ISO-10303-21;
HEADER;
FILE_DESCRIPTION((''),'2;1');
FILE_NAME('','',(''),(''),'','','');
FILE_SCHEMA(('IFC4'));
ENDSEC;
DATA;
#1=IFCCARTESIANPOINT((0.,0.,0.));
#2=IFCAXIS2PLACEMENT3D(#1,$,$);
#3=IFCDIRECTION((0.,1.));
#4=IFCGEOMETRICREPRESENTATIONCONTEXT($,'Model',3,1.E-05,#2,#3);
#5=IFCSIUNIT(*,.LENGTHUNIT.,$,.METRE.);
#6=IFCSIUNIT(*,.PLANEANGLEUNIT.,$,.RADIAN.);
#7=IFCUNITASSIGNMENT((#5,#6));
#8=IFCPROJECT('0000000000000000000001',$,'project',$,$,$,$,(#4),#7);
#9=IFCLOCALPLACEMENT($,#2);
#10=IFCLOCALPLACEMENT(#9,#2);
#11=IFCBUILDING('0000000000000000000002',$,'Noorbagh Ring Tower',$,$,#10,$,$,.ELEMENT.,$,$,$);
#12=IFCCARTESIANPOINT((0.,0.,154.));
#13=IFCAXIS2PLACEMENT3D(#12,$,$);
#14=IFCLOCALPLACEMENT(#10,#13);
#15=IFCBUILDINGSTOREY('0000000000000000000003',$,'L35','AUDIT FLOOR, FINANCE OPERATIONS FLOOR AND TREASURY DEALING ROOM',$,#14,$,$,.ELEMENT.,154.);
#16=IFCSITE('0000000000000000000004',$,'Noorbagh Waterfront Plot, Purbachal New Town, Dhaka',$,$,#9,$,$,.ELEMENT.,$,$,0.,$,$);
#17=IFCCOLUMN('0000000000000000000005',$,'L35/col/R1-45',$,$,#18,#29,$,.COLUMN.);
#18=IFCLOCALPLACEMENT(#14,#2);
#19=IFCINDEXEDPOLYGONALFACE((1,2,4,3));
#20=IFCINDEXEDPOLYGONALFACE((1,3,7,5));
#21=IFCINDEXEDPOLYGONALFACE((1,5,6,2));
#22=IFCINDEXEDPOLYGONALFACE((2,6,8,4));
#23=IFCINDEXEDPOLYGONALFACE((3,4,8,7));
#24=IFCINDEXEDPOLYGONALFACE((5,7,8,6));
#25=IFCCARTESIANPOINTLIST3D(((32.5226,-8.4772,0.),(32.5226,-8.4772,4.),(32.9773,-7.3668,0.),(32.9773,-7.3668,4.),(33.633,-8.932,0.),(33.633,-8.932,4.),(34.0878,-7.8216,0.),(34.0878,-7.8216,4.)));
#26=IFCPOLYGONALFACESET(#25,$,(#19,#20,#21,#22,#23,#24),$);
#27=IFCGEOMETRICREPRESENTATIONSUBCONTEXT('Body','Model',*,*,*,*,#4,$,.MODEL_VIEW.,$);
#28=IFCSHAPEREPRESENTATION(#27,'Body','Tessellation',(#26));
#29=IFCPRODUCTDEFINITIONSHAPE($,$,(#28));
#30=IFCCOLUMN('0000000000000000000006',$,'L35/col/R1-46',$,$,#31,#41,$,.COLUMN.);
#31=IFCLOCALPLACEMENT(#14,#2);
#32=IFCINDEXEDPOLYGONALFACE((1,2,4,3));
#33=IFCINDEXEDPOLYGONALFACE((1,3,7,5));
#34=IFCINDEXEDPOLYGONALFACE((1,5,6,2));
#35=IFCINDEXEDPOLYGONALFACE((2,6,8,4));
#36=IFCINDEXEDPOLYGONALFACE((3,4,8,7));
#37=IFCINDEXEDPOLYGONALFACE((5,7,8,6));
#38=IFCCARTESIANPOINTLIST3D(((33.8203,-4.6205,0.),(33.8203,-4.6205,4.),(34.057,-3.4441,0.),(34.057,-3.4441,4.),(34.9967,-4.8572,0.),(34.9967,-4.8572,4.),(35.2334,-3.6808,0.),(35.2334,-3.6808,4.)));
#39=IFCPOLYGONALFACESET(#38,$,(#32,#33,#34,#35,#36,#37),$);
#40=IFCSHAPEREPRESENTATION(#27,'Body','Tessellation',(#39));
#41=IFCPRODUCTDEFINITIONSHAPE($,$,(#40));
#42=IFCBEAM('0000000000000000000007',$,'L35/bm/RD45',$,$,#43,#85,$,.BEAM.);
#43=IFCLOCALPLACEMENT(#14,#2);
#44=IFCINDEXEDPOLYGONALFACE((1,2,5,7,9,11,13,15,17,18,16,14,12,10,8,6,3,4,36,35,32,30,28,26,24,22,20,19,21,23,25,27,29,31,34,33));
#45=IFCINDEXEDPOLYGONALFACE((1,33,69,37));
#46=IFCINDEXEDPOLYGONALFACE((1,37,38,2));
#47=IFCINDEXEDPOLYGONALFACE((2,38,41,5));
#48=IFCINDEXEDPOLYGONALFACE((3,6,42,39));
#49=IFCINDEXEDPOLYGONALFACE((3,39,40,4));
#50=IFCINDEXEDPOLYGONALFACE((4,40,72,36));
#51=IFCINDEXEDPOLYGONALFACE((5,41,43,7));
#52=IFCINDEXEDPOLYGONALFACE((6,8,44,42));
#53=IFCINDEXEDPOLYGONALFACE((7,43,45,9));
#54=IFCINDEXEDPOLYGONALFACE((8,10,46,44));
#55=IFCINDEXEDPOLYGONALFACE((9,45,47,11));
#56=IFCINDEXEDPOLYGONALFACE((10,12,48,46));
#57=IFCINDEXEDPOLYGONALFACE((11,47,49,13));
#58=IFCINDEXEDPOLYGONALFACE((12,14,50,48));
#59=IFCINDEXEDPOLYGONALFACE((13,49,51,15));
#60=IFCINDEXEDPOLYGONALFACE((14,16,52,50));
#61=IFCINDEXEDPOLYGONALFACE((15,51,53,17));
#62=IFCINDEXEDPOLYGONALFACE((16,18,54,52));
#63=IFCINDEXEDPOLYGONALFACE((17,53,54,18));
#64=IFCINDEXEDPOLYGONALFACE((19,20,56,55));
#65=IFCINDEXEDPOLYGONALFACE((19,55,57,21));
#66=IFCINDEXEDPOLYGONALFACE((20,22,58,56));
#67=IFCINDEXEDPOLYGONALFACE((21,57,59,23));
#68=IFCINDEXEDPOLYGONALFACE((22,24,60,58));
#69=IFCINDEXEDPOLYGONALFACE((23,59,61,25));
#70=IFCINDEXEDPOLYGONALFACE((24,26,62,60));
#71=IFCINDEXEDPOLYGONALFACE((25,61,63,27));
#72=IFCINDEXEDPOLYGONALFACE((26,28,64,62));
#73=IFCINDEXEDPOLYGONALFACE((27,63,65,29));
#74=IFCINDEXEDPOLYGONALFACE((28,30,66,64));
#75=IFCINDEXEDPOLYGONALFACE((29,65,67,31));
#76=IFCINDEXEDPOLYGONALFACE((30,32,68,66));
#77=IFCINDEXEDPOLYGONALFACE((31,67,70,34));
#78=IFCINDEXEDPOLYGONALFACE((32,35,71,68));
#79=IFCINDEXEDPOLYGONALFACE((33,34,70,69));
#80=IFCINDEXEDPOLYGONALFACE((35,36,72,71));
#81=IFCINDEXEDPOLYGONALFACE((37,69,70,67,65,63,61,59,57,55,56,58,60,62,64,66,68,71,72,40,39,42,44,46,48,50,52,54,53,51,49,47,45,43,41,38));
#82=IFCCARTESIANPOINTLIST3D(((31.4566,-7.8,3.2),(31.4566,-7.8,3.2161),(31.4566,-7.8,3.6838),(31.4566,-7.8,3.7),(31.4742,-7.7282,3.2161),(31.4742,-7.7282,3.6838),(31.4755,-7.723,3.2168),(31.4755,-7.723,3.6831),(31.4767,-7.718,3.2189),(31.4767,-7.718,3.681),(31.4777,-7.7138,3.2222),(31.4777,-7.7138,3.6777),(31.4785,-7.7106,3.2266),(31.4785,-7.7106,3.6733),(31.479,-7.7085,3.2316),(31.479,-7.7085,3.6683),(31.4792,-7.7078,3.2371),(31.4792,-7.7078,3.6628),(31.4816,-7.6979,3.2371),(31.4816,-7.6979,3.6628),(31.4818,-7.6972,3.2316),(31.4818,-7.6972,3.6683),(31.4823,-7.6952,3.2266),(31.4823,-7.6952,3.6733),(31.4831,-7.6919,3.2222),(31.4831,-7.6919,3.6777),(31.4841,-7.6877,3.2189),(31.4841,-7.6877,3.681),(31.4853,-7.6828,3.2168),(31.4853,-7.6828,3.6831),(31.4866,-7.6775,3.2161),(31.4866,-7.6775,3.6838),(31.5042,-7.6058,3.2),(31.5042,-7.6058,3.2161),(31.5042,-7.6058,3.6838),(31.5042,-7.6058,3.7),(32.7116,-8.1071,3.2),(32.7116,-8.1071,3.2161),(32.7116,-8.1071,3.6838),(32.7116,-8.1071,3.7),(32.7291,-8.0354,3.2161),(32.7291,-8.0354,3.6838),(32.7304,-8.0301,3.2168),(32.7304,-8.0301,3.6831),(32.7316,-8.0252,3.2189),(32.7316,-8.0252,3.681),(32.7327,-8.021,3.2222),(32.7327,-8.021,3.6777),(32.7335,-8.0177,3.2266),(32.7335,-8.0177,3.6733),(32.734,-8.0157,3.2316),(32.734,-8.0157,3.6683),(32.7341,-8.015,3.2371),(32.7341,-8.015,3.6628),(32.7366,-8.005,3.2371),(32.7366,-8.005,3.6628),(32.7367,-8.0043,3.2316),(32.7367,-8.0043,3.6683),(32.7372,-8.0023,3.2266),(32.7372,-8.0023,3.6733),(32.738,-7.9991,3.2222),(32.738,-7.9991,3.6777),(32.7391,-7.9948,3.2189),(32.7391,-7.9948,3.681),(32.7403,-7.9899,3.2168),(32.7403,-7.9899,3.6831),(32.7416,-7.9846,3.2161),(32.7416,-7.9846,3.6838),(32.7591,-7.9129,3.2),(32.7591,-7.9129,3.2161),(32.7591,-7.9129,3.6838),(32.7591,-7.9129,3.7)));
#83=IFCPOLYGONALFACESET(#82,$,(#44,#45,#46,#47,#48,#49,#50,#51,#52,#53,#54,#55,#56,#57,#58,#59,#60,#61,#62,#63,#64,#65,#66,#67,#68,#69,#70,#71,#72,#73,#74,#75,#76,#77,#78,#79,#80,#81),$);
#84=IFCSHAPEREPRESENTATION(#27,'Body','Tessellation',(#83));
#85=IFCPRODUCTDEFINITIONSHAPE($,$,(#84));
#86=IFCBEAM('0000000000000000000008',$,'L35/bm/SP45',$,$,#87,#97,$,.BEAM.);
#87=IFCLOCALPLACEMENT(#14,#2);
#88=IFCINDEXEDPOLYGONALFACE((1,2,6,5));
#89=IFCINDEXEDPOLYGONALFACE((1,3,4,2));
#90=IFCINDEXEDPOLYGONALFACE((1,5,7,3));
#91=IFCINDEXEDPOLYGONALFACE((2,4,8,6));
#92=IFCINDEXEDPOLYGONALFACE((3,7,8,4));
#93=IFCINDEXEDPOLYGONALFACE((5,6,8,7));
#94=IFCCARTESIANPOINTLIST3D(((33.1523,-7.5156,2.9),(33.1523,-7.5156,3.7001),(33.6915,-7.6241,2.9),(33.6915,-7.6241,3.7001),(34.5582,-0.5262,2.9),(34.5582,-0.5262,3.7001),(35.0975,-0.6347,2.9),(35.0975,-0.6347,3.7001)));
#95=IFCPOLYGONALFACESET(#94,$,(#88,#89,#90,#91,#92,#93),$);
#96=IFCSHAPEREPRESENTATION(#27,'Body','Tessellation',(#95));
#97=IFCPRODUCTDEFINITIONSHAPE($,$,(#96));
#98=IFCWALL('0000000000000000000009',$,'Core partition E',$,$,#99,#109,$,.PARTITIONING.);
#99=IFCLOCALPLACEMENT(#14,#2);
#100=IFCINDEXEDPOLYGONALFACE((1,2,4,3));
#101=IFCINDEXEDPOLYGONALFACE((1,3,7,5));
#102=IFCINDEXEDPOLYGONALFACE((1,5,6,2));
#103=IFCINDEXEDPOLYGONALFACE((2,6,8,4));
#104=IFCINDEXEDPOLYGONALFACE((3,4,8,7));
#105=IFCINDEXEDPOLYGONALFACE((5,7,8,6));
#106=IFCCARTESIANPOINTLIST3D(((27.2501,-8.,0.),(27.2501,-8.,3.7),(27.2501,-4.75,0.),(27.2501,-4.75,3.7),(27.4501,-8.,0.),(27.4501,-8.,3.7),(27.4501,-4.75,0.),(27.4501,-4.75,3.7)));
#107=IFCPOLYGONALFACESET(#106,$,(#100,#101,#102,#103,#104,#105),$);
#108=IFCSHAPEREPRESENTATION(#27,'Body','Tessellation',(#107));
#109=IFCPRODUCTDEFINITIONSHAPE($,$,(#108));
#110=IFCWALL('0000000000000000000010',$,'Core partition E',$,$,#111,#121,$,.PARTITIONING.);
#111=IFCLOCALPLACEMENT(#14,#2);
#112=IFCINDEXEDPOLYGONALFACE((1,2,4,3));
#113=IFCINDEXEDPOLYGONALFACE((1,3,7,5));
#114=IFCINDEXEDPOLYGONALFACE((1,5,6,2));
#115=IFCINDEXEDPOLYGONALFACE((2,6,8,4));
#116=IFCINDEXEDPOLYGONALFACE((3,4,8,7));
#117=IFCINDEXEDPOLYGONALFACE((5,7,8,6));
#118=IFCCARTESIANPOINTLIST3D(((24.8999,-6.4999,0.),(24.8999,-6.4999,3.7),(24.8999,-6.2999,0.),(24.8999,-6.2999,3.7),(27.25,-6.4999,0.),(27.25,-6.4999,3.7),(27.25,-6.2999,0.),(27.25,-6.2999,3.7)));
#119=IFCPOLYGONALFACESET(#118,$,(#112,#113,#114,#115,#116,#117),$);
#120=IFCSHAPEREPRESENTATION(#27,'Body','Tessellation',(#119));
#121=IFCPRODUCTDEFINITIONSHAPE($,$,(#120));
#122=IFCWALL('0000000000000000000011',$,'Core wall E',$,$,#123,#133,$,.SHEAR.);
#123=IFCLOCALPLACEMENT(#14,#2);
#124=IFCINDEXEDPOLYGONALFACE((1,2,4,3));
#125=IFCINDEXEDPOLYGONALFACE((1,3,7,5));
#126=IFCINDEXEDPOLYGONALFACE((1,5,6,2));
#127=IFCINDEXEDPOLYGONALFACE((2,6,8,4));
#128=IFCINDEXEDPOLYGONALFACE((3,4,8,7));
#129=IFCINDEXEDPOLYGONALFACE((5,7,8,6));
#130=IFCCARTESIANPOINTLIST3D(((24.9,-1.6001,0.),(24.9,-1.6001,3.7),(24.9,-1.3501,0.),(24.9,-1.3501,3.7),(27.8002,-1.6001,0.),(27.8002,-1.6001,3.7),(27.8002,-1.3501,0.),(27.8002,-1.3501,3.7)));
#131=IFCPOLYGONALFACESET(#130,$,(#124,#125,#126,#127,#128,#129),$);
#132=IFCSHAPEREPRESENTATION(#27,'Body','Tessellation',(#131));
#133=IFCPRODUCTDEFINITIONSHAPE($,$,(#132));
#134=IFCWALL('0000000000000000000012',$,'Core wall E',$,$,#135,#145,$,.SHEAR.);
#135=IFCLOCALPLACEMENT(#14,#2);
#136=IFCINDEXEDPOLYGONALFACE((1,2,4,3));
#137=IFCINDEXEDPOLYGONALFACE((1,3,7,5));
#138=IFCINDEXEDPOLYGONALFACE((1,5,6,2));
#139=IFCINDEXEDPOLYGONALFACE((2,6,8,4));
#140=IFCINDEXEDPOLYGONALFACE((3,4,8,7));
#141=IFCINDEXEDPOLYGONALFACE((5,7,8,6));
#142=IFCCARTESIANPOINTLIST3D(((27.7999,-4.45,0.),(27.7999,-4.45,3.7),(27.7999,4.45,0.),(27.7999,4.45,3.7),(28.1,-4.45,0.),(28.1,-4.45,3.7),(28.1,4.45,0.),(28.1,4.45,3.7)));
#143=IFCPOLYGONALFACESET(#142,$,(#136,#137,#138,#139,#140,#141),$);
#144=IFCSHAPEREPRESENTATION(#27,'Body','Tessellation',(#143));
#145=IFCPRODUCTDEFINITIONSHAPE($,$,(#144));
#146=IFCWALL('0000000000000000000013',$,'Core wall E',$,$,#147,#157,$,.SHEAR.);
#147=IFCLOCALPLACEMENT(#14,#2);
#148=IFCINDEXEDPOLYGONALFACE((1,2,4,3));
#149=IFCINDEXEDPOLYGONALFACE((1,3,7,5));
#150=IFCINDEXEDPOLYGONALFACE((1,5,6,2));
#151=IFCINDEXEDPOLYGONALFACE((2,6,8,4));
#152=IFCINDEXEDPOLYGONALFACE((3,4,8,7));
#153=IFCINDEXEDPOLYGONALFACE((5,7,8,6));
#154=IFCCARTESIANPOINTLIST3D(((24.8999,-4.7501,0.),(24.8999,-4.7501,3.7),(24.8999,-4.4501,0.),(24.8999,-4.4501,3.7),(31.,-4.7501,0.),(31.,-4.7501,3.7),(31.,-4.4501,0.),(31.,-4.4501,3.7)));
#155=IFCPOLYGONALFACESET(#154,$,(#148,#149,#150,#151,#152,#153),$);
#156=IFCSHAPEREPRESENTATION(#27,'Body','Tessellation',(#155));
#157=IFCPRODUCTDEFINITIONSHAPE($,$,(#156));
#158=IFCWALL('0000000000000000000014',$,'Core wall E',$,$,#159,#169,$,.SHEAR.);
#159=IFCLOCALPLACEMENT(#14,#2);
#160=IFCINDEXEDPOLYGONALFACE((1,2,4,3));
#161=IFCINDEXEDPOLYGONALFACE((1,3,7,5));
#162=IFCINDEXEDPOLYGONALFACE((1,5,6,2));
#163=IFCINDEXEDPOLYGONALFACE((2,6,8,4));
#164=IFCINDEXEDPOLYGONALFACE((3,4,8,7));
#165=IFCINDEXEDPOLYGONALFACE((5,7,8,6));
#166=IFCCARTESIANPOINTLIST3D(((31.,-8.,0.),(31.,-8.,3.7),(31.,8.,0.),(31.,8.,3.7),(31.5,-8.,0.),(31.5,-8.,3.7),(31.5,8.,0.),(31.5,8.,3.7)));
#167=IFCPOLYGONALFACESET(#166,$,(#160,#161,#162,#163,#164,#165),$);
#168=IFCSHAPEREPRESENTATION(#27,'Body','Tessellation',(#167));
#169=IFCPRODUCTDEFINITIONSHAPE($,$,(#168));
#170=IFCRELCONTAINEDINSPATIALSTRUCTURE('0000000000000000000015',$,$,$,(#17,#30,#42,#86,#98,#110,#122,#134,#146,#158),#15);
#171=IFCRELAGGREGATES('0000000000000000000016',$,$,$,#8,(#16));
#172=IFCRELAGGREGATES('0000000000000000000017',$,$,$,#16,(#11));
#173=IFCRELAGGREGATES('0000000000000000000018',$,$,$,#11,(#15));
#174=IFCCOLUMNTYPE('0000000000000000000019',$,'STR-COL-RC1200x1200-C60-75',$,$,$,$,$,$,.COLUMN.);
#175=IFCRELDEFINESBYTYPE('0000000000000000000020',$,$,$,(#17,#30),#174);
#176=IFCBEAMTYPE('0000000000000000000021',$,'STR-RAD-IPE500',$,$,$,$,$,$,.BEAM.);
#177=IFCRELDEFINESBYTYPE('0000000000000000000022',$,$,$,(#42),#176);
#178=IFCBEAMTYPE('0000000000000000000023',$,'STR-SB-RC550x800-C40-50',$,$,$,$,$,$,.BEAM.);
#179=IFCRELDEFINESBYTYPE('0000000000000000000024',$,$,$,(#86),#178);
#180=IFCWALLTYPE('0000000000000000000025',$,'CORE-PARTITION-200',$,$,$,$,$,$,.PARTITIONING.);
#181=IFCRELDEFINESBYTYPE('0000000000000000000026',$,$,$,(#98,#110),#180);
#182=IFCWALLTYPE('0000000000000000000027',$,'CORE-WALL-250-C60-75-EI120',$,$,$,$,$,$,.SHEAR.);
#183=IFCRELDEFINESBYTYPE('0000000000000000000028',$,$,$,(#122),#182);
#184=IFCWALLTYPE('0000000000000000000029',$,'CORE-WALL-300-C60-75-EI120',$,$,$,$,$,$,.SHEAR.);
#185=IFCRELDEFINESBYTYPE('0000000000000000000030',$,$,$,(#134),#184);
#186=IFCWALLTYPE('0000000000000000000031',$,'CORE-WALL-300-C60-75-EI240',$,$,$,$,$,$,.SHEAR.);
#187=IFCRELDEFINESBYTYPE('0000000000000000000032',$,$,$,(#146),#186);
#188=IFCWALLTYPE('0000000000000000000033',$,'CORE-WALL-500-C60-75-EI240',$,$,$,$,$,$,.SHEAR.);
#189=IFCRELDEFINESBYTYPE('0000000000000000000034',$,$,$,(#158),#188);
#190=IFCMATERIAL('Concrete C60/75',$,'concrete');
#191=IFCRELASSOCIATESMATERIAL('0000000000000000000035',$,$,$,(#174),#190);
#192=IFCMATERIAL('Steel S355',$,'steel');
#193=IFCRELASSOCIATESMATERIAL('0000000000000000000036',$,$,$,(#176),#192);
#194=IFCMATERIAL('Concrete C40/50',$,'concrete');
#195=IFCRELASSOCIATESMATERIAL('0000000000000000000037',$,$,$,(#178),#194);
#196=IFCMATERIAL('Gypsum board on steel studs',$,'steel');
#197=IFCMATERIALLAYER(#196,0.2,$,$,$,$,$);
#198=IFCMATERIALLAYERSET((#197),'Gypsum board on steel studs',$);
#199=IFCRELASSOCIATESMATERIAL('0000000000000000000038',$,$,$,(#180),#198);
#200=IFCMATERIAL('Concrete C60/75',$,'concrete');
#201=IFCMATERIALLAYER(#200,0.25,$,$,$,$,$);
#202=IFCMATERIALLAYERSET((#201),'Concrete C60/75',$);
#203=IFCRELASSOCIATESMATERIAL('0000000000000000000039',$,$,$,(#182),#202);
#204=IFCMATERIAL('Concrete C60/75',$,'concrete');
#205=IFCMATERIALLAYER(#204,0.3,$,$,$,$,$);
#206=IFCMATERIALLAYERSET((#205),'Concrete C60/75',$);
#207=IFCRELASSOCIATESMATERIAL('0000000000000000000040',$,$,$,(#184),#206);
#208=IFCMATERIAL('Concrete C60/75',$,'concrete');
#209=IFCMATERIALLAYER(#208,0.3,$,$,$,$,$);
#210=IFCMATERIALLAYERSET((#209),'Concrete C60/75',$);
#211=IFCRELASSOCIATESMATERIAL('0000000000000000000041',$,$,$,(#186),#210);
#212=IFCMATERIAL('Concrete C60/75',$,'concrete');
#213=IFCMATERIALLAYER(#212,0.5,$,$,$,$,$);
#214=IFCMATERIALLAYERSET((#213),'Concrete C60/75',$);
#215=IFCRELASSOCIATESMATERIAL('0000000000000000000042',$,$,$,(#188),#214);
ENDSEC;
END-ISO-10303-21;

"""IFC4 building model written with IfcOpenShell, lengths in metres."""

from ifc_helpers import new_model, si_unit, direction, frame, frame_2d, origin, origin_2d, place, context, subcontext, project, spatial, rectangle, i_section, extrude, material, layer, layer_set, material_profile, profile_set, type_object, element, save


model = new_model("IFC4")

# Units and contexts
model_context = context("Model", 3, precision=1e-05, world=origin(), true_north=direction((0.0, 1.0)))
body_context = subcontext(model_context, "Body", "Model", "MODEL_VIEW")
ifc_project = project(units=[si_unit("LENGTHUNIT", "METRE"), si_unit("PLANEANGLEUNIT", "RADIAN")], contexts=[model_context])

# Site, building, storey
site_placement = place(None, origin())
site = spatial("IfcSite", under=ifc_project, at=site_placement, Name="Noorbagh Waterfront Plot, Purbachal New Town, Dhaka", CompositionType="ELEMENT", RefElevation=0.0)
building_placement = place(site_placement, origin())
building = spatial("IfcBuilding", under=site, at=building_placement, Name="Noorbagh Ring Tower", CompositionType="ELEMENT")
storey_placement = place(building_placement, frame((0.0, 0.0, 154.0)))
storey = spatial("IfcBuildingStorey", under=building, at=storey_placement, Name="L35", Description="AUDIT FLOOR, FINANCE OPERATIONS FLOOR AND TREASURY DEALING ROOM", CompositionType="ELEMENT", Elevation=154.0)

# Columns
ifc_material_1 = material(Name="Concrete C60/75", Category="concrete")
ifc_material_profile_1 = material_profile(ifc_material_1, rectangle(XDim=1.2, YDim=1.2, at=origin_2d()), Name="RC1200x1200")
ifc_profile_set_1 = profile_set([ifc_material_profile_1], Name="Concrete C60/75")
column_type = type_object("IfcColumnType", Name="STR-COL-RC1200x1200-C60-75", PredefinedType="COLUMN", material=ifc_profile_set_1)
for number, where, z_axis, x_axis, name in (
    (1, (33.3052, -8.1494, 0.0), (0.0, 0.0, 1.0), (0.378989, 0.925401, 0.0), "L35/col/R1-45"),
    (2, (34.5269, -4.1506, 0.0), (0.0, 0.0, 1.0), (0.19723, 0.980357, 0.0), "L35/col/R1-46"),
):
    element("IfcColumn", number, at=place(storey_placement, frame(where, z_axis=z_axis, x_axis=x_axis)), inside=storey, type_object=column_type, Name=name, PredefinedType="COLUMN", context=body_context, shape_type="SweptSolid", body=[
        extrude(rectangle(XDim=1.2, YDim=1.2, at=origin_2d()), origin(), (0.0, 0.0, 1.0), 4.0),
    ])

# Beams
ifc_material_2 = material(Name="Steel S355", Category="steel")
ifc_material_profile_2 = material_profile(ifc_material_2, i_section(OverallWidth=0.2, OverallDepth=0.5, WebThickness=0.0103, FlangeThickness=0.0161, FilletRadius=0.021, at=origin_2d()), Name="IPE500")
ifc_profile_set_2 = profile_set([ifc_material_profile_2], Name="Steel S355")
beam_type_1 = type_object("IfcBeamType", Name="STR-RAD-IPE500", PredefinedType="BEAM", material=ifc_profile_set_2)
beam_1_placement = place(storey_placement, frame((32.7354, -8.01, 3.45), z_axis=(-0.971331, 0.23773, 0.0), x_axis=(-0.23773, -0.971331, 0.0)))
element("IfcBeam", 3, at=beam_1_placement, inside=storey, type_object=beam_type_1, Name="L35/bm/RD45", PredefinedType="BEAM", context=body_context, shape_type="SweptSolid", body=[
    extrude(i_section(OverallWidth=0.2, OverallDepth=0.5, WebThickness=0.0103, FlangeThickness=0.0161, FilletRadius=0.021, at=origin_2d()), origin(), (0.0, 0.0, 1.0), 1.292),
])
ifc_material_3 = material(Name="Concrete C40/50", Category="concrete")
ifc_material_profile_3 = material_profile(ifc_material_3, rectangle(XDim=0.55, YDim=0.8, at=origin_2d()), Name="RC550x800")
ifc_profile_set_3 = profile_set([ifc_material_profile_3], Name="Concrete C40/50")
beam_type_2 = type_object("IfcBeamType", Name="STR-SB-RC550x800-C40-50", PredefinedType="BEAM", material=ifc_profile_set_3)
beam_2_placement = place(storey_placement, frame((33.4219, -7.5698, 3.3), z_axis=(0.197209, 0.980361, 0.0), x_axis=(-0.980361, 0.197209, 0.0)))
element("IfcBeam", 4, at=beam_2_placement, inside=storey, type_object=beam_type_2, Name="L35/bm/SP45", PredefinedType="BEAM", context=body_context, shape_type="SweptSolid", body=[
    extrude(rectangle(XDim=0.55, YDim=0.8, at=origin_2d()), origin(), (0.0, 0.0, 1.0), 7.1294),
])

# Walls
ifc_material_4 = material(Name="Gypsum board on steel studs", Category="steel")
ifc_layer_1 = layer(ifc_material_4, 0.2)
ifc_layer_set_1 = layer_set([ifc_layer_1], Name="Gypsum board on steel studs")
wall_type_1 = type_object("IfcWallType", Name="CORE-PARTITION-200", PredefinedType="PARTITIONING", material=ifc_layer_set_1)
wall_1_placement = place(storey_placement, frame((27.3501, -8.0, 0.0), z_axis=(0.0, 0.0, 1.0), x_axis=(0.0, 1.0, 0.0)))
element("IfcWall", 5, at=wall_1_placement, inside=storey, type_object=wall_type_1, Name="Core partition E", PredefinedType="PARTITIONING", context=body_context, shape_type="SweptSolid", body=[
    extrude(rectangle(XDim=3.25, YDim=0.2, at=frame_2d((1.625, 0.0))), origin(), (0.0, 0.0, 1.0), 3.7),
])
wall_2_placement = place(storey_placement, frame((24.8999, -6.3999, 0.0), z_axis=(0.0, 0.0, 1.0), x_axis=(1.0, 0.0, 0.0)))
element("IfcWall", 6, at=wall_2_placement, inside=storey, type_object=wall_type_1, Name="Core partition E", PredefinedType="PARTITIONING", context=body_context, shape_type="SweptSolid", body=[
    extrude(rectangle(XDim=2.3501, YDim=0.2, at=frame_2d((1.175, 0.0))), origin(), (0.0, 0.0, 1.0), 3.7),
])
ifc_material_5 = material(Name="Concrete C60/75", Category="concrete")
ifc_layer_2 = layer(ifc_material_5, 0.25)
ifc_layer_set_2 = layer_set([ifc_layer_2], Name="Concrete C60/75")
wall_type_2 = type_object("IfcWallType", Name="CORE-WALL-250-C60-75-EI120", PredefinedType="SHEAR", material=ifc_layer_set_2)
wall_3_placement = place(storey_placement, frame((24.8999, -1.4751, 0.0), z_axis=(0.0, 0.0, 1.0), x_axis=(1.0, 0.0, 0.0)))
element("IfcWall", 7, at=wall_3_placement, inside=storey, type_object=wall_type_2, Name="Core wall E", PredefinedType="SHEAR", context=body_context, shape_type="SweptSolid", body=[
    extrude(rectangle(XDim=2.9001, YDim=0.25, at=frame_2d((1.4502, 0.0))), origin(), (0.0, 0.0, 1.0), 3.7),
])
ifc_material_6 = material(Name="Concrete C60/75", Category="concrete")
ifc_layer_3 = layer(ifc_material_6, 0.3)
ifc_layer_set_3 = layer_set([ifc_layer_3], Name="Concrete C60/75")
wall_type_3 = type_object("IfcWallType", Name="CORE-WALL-300-C60-75-EI120", PredefinedType="SHEAR", material=ifc_layer_set_3)
wall_4_placement = place(storey_placement, frame((27.95, -4.45, 0.0), z_axis=(0.0, 0.0, 1.0), x_axis=(0.0, 1.0, 0.0)))
element("IfcWall", 8, at=wall_4_placement, inside=storey, type_object=wall_type_3, Name="Core wall E", PredefinedType="SHEAR", context=body_context, shape_type="SweptSolid", body=[
    extrude(rectangle(XDim=8.8999, YDim=0.3, at=frame_2d((4.45, 0.0))), origin(), (0.0, 0.0, 1.0), 3.7),
])
ifc_material_7 = material(Name="Concrete C60/75", Category="concrete")
ifc_layer_4 = layer(ifc_material_7, 0.3)
ifc_layer_set_4 = layer_set([ifc_layer_4], Name="Concrete C60/75")
wall_type_4 = type_object("IfcWallType", Name="CORE-WALL-300-C60-75-EI240", PredefinedType="SHEAR", material=ifc_layer_set_4)
wall_5_placement = place(storey_placement, frame((24.8999, -4.6001, 0.0), z_axis=(0.0, 0.0, 1.0), x_axis=(1.0, 0.0, 0.0)))
element("IfcWall", 9, at=wall_5_placement, inside=storey, type_object=wall_type_4, Name="Core wall E", PredefinedType="SHEAR", context=body_context, shape_type="SweptSolid", body=[
    extrude(rectangle(XDim=6.1001, YDim=0.3, at=frame_2d((3.05, 0.0))), origin(), (0.0, 0.0, 1.0), 3.7),
])
ifc_material_8 = material(Name="Concrete C60/75", Category="concrete")
ifc_layer_5 = layer(ifc_material_8, 0.5)
ifc_layer_set_5 = layer_set([ifc_layer_5], Name="Concrete C60/75")
wall_type_5 = type_object("IfcWallType", Name="CORE-WALL-500-C60-75-EI240", PredefinedType="SHEAR", material=ifc_layer_set_5)
wall_6_placement = place(storey_placement, frame((31.25, -8.0, 0.0), z_axis=(0.0, 0.0, 1.0), x_axis=(0.0, 1.0, 0.0)))
element("IfcWall", 10, at=wall_6_placement, inside=storey, type_object=wall_type_5, Name="Core wall E", PredefinedType="SHEAR", context=body_context, shape_type="SweptSolid", body=[
    extrude(rectangle(XDim=16.0, YDim=0.5, at=frame_2d((8.0, 0.0))), origin(), (0.0, 0.0, 1.0), 3.7),
])

save(model, "model.ifc")
